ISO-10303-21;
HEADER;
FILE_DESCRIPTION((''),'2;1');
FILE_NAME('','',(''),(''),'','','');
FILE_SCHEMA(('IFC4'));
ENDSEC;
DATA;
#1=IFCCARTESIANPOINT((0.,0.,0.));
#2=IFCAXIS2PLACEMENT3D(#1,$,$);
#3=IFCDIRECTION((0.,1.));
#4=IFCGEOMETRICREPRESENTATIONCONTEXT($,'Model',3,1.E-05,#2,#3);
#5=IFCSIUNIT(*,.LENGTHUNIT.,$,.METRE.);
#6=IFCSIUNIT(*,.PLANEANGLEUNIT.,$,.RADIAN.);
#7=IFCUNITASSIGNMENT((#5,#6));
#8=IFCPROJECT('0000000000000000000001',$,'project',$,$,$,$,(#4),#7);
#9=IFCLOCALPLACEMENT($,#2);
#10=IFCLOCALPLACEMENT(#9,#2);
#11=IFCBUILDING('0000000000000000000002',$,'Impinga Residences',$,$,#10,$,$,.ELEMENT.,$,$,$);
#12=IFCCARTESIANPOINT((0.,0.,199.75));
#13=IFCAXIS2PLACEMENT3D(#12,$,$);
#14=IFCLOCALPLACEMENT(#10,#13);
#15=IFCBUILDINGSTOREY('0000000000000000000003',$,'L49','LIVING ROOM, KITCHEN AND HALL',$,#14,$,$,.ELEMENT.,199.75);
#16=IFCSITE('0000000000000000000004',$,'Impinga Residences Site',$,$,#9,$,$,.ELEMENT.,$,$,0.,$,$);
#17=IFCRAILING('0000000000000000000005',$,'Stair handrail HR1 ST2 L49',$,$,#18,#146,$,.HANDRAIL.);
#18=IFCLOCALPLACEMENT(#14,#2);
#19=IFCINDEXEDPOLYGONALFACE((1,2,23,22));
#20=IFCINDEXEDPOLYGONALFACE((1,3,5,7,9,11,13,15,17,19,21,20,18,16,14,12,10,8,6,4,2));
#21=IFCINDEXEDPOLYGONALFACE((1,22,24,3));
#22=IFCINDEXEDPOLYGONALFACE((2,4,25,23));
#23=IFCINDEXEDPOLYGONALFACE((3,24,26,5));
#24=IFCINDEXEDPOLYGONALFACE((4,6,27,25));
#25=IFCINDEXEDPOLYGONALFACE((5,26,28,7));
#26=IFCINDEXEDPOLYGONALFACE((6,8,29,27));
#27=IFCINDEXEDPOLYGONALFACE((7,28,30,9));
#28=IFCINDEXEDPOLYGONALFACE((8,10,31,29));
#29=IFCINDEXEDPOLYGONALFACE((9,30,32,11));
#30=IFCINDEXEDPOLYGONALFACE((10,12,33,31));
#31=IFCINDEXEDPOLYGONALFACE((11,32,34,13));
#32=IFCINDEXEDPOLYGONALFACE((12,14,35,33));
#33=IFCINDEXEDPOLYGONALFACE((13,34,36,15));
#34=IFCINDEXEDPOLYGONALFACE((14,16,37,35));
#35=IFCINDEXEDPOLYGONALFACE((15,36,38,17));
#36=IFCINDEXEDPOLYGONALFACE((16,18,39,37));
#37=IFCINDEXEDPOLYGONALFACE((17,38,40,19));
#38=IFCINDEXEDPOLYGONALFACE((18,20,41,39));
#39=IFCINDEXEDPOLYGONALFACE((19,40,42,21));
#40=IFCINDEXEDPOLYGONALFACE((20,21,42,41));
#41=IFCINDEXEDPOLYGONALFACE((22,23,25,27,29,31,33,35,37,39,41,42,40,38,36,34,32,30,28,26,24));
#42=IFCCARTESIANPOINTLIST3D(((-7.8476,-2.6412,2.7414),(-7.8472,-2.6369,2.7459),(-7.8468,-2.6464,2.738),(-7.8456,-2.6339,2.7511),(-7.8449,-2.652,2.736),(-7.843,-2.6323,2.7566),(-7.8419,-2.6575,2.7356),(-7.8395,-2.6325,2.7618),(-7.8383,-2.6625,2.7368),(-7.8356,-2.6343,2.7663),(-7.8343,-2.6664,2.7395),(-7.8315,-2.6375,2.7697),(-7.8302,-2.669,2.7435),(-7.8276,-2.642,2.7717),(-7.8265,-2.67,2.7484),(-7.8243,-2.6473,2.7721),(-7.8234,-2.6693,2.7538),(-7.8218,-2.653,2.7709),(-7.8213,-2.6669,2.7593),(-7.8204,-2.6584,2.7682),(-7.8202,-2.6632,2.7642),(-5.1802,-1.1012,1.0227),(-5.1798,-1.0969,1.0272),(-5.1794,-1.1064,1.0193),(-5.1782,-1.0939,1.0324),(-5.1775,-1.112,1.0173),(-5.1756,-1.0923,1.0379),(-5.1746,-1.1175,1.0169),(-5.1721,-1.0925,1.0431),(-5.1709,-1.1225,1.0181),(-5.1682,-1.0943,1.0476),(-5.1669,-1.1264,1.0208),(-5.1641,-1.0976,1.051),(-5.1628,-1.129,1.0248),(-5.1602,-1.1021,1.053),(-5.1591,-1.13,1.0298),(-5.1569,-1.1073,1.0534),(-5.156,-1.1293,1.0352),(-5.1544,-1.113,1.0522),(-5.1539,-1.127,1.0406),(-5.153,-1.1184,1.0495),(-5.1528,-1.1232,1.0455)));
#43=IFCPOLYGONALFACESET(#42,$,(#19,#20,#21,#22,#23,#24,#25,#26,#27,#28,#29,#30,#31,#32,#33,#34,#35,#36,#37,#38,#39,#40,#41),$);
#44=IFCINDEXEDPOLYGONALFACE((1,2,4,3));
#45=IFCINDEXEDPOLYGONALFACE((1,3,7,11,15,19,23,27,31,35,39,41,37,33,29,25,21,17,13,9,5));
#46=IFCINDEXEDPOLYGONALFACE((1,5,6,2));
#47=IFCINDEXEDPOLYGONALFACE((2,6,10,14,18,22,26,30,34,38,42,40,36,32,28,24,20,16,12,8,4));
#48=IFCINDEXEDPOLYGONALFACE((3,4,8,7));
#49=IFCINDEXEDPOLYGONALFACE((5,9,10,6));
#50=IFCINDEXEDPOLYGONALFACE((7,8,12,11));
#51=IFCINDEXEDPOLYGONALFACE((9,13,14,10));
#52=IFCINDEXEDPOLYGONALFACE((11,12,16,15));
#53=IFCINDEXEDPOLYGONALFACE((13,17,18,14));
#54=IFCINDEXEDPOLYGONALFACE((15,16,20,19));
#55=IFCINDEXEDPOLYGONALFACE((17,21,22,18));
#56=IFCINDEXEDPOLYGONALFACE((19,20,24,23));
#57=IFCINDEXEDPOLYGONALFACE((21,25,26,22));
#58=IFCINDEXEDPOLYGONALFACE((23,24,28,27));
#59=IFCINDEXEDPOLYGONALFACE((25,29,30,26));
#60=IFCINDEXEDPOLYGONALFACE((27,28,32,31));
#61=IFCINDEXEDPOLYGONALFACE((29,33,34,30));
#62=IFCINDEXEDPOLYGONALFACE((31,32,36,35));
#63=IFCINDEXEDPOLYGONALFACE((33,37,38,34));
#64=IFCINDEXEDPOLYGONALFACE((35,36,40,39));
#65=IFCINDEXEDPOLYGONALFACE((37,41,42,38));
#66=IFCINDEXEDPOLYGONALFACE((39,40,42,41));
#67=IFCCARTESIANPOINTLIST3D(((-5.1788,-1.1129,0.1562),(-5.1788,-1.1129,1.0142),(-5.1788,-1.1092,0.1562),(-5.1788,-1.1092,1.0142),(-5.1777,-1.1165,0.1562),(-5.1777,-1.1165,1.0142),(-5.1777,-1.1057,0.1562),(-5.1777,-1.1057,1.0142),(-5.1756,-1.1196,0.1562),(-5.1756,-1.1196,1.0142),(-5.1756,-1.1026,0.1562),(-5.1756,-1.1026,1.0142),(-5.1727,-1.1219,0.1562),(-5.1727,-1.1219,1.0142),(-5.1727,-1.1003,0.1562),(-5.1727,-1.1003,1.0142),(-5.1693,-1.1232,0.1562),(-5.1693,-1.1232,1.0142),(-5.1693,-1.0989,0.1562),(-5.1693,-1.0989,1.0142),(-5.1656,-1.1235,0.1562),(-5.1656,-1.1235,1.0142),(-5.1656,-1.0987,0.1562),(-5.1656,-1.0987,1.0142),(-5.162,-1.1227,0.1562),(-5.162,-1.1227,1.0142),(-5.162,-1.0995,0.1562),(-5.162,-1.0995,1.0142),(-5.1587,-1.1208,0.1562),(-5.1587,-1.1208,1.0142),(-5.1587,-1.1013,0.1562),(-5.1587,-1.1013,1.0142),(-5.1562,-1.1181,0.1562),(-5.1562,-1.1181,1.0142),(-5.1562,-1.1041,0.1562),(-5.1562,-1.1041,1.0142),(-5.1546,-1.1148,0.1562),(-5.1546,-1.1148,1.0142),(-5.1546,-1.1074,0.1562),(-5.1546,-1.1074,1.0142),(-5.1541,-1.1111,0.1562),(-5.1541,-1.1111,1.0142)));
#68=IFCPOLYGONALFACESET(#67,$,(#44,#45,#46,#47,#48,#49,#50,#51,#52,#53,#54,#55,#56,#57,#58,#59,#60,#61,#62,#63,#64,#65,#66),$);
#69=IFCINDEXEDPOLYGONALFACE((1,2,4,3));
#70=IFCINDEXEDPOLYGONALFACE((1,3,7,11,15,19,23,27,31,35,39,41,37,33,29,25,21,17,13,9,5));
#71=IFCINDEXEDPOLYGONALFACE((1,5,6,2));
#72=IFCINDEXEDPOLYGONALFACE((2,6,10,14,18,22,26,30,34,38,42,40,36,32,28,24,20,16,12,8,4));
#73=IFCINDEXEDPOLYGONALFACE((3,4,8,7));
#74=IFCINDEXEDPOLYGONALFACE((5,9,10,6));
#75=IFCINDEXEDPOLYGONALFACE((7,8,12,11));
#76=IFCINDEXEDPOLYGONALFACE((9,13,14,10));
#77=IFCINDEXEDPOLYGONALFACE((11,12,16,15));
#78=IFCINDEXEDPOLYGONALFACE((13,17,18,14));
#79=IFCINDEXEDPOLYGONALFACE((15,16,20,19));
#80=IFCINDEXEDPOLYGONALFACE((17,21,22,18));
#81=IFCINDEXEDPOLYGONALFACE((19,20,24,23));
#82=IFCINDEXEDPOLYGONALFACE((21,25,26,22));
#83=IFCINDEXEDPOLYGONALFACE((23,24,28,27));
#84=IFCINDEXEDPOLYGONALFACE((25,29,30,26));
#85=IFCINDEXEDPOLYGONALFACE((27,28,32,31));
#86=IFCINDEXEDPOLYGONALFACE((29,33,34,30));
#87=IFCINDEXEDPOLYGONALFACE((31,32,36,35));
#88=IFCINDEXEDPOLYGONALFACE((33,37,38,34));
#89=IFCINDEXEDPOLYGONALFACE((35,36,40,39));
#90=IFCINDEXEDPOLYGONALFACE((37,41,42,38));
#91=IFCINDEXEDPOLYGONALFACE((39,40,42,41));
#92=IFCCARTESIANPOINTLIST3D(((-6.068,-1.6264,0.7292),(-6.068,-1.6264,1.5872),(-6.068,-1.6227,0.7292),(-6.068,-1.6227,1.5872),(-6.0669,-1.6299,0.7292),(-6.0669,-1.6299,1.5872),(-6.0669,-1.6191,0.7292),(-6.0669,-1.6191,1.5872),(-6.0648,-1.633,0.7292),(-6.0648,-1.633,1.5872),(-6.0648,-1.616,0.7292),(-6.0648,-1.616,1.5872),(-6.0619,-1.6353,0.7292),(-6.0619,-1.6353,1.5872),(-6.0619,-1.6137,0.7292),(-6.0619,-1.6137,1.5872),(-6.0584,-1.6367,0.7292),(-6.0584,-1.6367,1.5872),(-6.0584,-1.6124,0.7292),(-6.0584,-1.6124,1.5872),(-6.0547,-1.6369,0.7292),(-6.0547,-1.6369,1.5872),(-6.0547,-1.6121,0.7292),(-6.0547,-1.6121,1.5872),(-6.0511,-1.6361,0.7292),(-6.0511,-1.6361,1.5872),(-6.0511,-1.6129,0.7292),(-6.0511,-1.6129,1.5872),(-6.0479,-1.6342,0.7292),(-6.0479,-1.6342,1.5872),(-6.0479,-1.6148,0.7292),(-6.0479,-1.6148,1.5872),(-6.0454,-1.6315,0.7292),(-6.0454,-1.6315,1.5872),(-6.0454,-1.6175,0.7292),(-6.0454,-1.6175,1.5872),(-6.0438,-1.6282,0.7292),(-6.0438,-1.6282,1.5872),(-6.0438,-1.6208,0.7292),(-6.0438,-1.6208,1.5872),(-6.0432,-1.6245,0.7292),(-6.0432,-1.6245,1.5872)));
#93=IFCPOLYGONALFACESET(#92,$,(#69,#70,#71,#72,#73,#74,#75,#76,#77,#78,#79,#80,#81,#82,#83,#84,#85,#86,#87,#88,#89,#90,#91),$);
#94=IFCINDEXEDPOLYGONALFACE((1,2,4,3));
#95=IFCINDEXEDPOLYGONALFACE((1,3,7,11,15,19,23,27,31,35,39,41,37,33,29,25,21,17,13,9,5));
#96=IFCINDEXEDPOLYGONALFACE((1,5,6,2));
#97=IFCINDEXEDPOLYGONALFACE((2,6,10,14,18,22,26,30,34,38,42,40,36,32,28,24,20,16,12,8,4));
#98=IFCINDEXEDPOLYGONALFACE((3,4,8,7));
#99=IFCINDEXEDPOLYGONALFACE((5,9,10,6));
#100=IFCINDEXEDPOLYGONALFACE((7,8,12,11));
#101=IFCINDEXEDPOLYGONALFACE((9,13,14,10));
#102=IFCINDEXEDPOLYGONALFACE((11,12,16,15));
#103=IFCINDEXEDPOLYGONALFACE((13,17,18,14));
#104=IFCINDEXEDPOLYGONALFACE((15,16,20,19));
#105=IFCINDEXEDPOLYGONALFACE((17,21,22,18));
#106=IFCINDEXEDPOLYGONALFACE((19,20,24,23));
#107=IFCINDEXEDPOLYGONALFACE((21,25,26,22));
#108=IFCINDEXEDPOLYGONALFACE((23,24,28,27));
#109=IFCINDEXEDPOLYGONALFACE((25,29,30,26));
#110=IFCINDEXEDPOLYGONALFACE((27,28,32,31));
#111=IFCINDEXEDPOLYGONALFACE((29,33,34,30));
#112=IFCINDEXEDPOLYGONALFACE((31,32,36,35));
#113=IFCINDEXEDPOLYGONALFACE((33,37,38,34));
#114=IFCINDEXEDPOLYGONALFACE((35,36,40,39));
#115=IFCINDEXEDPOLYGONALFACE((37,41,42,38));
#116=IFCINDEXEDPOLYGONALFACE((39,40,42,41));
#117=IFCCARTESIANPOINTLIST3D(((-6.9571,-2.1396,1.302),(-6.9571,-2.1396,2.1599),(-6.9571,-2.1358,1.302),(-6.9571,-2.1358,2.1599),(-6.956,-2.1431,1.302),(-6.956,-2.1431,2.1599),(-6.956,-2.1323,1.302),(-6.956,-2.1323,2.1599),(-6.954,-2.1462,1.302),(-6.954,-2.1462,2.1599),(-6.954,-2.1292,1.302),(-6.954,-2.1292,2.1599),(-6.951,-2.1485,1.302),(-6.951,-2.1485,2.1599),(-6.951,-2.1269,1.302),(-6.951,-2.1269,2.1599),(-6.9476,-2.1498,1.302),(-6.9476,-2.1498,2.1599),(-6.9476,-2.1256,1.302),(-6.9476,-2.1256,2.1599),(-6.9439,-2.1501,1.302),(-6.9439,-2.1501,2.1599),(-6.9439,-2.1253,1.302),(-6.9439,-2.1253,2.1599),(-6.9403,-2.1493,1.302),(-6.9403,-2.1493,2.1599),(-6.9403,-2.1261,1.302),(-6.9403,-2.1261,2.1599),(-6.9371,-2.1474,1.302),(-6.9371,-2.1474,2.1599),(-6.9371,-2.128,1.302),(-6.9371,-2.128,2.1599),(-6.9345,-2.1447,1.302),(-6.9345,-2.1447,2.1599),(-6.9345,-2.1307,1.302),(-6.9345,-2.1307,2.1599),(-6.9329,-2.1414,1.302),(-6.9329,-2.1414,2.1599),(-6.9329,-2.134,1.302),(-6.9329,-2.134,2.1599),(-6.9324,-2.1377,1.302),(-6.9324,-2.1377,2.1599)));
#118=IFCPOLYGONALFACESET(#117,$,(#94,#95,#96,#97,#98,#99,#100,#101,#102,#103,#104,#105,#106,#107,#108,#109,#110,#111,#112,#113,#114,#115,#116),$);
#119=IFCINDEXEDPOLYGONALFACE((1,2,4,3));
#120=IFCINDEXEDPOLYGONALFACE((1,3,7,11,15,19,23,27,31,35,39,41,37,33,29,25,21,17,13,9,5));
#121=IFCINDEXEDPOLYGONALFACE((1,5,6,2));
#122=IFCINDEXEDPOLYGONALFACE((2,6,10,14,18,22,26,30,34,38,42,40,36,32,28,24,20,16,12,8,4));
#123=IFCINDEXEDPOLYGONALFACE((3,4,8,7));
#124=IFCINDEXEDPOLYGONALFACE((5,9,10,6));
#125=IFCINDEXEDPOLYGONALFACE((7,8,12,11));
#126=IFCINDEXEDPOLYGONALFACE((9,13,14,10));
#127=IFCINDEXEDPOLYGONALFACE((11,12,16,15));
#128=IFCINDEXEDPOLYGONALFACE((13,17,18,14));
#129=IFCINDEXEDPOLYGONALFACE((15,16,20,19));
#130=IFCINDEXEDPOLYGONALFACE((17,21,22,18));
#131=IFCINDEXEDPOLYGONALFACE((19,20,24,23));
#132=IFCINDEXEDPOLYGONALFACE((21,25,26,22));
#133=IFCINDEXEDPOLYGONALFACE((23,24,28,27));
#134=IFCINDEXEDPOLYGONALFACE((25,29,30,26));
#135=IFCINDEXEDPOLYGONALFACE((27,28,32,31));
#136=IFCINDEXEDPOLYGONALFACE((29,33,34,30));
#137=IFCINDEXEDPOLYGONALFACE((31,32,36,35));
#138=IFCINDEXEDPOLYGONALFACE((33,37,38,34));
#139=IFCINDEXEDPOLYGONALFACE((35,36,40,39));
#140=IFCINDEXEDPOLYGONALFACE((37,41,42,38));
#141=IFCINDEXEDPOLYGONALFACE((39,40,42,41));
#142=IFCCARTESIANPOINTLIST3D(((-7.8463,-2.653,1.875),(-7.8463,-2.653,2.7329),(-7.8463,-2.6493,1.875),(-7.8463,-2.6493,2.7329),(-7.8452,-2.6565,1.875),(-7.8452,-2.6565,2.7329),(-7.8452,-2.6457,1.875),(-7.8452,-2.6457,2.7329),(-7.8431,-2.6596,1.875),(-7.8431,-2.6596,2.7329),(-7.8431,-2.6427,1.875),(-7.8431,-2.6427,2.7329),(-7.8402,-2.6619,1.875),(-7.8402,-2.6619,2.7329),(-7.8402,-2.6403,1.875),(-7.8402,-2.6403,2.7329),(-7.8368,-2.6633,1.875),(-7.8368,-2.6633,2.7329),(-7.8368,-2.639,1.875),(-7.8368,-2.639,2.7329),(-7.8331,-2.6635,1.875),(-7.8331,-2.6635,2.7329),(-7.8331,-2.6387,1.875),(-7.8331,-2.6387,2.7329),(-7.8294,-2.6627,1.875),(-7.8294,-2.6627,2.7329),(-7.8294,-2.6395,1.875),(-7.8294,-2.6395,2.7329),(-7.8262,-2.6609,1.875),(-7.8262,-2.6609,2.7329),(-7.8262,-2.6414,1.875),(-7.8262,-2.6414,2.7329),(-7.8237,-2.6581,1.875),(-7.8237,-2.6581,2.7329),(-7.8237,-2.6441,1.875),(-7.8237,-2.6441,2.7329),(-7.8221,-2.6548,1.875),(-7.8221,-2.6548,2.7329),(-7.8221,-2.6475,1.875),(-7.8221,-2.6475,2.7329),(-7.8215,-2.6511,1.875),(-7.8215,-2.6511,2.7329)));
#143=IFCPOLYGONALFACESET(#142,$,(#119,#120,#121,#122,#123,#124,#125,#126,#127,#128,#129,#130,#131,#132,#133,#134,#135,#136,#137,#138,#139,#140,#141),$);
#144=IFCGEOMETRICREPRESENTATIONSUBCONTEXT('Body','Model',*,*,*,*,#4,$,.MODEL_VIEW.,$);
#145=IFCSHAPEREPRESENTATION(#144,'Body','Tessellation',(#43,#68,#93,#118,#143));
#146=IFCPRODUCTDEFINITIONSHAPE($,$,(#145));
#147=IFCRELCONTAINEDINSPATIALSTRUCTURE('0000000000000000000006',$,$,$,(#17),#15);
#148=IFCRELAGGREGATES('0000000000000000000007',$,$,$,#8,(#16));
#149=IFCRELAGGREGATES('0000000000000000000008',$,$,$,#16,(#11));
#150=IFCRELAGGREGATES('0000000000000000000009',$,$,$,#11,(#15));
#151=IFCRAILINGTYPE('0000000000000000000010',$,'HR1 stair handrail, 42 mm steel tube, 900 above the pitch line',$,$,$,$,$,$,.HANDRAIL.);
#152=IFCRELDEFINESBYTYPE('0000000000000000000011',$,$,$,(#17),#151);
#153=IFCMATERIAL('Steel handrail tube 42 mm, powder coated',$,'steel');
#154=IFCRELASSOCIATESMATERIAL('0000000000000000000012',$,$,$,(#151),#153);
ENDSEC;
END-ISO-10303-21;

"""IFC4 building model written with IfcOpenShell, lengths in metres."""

from ifc_helpers import new_model, si_unit, direction, frame, origin, origin_2d, place, context, subcontext, project, spatial, circle, extrude, material, type_object, element, save


model = new_model("IFC4")

# Units and contexts
model_context = context("Model", 3, precision=1e-05, world=origin(), true_north=direction((0.0, 1.0)))
body_context = subcontext(model_context, "Body", "Model", "MODEL_VIEW")
ifc_project = project(units=[si_unit("LENGTHUNIT", "METRE"), si_unit("PLANEANGLEUNIT", "RADIAN")], contexts=[model_context])

# Site, building, storey
site_placement = place(None, origin())
site = spatial("IfcSite", under=ifc_project, at=site_placement, Name="Impinga Residences Site", CompositionType="ELEMENT", RefElevation=0.0)
building_placement = place(site_placement, origin())
building = spatial("IfcBuilding", under=site, at=building_placement, Name="Impinga Residences", CompositionType="ELEMENT")
storey_placement = place(building_placement, frame((0.0, 0.0, 199.75)))
storey = spatial("IfcBuildingStorey", under=building, at=storey_placement, Name="L49", Description="LIVING ROOM, KITCHEN AND HALL", CompositionType="ELEMENT", Elevation=199.75)

# Railing
ifc_material_1 = material(Name="Steel handrail tube 42 mm, powder coated", Category="steel")
railing_type = type_object("IfcRailingType", Name="HR1 stair handrail, 42 mm steel tube, 900 above the pitch line", PredefinedType="HANDRAIL", material=ifc_material_1)
railing_placement = place(storey_placement, frame((-5.1665, -1.1111, 0.1562)))
element("IfcRailing", 1, at=railing_placement, inside=storey, type_object=railing_type, Name="Stair handrail HR1 ST2 L49", PredefinedType="HANDRAIL", context=body_context, shape_type="SweptSolid", body=[
    extrude(circle(Radius=0.021, at=origin_2d()), frame((0.0, 0.0, 0.8789), z_axis=(-0.756256, -0.436616, 0.487282), x_axis=(0.499992, -0.86603, 0.0)), (0.0, 0.0, 1.0), 3.5271),
    extrude(circle(Radius=0.0125, at=origin_2d()), origin(), (0.0, 0.0, 1.0), 0.8579),
    extrude(circle(Radius=0.0125, at=origin_2d()), frame((-0.8892, -0.5134, 0.573)), (0.0, 0.0, 1.0), 0.8579),
    extrude(circle(Radius=0.0125, at=origin_2d()), frame((-1.7783, -1.0266, 1.1458)), (0.0, 0.0, 1.0), 0.8579),
    extrude(circle(Radius=0.0125, at=origin_2d()), frame((-2.6675, -1.54, 1.7188)), (0.0, 0.0, 1.0), 0.8579),
])

save(model, "model.ifc")
